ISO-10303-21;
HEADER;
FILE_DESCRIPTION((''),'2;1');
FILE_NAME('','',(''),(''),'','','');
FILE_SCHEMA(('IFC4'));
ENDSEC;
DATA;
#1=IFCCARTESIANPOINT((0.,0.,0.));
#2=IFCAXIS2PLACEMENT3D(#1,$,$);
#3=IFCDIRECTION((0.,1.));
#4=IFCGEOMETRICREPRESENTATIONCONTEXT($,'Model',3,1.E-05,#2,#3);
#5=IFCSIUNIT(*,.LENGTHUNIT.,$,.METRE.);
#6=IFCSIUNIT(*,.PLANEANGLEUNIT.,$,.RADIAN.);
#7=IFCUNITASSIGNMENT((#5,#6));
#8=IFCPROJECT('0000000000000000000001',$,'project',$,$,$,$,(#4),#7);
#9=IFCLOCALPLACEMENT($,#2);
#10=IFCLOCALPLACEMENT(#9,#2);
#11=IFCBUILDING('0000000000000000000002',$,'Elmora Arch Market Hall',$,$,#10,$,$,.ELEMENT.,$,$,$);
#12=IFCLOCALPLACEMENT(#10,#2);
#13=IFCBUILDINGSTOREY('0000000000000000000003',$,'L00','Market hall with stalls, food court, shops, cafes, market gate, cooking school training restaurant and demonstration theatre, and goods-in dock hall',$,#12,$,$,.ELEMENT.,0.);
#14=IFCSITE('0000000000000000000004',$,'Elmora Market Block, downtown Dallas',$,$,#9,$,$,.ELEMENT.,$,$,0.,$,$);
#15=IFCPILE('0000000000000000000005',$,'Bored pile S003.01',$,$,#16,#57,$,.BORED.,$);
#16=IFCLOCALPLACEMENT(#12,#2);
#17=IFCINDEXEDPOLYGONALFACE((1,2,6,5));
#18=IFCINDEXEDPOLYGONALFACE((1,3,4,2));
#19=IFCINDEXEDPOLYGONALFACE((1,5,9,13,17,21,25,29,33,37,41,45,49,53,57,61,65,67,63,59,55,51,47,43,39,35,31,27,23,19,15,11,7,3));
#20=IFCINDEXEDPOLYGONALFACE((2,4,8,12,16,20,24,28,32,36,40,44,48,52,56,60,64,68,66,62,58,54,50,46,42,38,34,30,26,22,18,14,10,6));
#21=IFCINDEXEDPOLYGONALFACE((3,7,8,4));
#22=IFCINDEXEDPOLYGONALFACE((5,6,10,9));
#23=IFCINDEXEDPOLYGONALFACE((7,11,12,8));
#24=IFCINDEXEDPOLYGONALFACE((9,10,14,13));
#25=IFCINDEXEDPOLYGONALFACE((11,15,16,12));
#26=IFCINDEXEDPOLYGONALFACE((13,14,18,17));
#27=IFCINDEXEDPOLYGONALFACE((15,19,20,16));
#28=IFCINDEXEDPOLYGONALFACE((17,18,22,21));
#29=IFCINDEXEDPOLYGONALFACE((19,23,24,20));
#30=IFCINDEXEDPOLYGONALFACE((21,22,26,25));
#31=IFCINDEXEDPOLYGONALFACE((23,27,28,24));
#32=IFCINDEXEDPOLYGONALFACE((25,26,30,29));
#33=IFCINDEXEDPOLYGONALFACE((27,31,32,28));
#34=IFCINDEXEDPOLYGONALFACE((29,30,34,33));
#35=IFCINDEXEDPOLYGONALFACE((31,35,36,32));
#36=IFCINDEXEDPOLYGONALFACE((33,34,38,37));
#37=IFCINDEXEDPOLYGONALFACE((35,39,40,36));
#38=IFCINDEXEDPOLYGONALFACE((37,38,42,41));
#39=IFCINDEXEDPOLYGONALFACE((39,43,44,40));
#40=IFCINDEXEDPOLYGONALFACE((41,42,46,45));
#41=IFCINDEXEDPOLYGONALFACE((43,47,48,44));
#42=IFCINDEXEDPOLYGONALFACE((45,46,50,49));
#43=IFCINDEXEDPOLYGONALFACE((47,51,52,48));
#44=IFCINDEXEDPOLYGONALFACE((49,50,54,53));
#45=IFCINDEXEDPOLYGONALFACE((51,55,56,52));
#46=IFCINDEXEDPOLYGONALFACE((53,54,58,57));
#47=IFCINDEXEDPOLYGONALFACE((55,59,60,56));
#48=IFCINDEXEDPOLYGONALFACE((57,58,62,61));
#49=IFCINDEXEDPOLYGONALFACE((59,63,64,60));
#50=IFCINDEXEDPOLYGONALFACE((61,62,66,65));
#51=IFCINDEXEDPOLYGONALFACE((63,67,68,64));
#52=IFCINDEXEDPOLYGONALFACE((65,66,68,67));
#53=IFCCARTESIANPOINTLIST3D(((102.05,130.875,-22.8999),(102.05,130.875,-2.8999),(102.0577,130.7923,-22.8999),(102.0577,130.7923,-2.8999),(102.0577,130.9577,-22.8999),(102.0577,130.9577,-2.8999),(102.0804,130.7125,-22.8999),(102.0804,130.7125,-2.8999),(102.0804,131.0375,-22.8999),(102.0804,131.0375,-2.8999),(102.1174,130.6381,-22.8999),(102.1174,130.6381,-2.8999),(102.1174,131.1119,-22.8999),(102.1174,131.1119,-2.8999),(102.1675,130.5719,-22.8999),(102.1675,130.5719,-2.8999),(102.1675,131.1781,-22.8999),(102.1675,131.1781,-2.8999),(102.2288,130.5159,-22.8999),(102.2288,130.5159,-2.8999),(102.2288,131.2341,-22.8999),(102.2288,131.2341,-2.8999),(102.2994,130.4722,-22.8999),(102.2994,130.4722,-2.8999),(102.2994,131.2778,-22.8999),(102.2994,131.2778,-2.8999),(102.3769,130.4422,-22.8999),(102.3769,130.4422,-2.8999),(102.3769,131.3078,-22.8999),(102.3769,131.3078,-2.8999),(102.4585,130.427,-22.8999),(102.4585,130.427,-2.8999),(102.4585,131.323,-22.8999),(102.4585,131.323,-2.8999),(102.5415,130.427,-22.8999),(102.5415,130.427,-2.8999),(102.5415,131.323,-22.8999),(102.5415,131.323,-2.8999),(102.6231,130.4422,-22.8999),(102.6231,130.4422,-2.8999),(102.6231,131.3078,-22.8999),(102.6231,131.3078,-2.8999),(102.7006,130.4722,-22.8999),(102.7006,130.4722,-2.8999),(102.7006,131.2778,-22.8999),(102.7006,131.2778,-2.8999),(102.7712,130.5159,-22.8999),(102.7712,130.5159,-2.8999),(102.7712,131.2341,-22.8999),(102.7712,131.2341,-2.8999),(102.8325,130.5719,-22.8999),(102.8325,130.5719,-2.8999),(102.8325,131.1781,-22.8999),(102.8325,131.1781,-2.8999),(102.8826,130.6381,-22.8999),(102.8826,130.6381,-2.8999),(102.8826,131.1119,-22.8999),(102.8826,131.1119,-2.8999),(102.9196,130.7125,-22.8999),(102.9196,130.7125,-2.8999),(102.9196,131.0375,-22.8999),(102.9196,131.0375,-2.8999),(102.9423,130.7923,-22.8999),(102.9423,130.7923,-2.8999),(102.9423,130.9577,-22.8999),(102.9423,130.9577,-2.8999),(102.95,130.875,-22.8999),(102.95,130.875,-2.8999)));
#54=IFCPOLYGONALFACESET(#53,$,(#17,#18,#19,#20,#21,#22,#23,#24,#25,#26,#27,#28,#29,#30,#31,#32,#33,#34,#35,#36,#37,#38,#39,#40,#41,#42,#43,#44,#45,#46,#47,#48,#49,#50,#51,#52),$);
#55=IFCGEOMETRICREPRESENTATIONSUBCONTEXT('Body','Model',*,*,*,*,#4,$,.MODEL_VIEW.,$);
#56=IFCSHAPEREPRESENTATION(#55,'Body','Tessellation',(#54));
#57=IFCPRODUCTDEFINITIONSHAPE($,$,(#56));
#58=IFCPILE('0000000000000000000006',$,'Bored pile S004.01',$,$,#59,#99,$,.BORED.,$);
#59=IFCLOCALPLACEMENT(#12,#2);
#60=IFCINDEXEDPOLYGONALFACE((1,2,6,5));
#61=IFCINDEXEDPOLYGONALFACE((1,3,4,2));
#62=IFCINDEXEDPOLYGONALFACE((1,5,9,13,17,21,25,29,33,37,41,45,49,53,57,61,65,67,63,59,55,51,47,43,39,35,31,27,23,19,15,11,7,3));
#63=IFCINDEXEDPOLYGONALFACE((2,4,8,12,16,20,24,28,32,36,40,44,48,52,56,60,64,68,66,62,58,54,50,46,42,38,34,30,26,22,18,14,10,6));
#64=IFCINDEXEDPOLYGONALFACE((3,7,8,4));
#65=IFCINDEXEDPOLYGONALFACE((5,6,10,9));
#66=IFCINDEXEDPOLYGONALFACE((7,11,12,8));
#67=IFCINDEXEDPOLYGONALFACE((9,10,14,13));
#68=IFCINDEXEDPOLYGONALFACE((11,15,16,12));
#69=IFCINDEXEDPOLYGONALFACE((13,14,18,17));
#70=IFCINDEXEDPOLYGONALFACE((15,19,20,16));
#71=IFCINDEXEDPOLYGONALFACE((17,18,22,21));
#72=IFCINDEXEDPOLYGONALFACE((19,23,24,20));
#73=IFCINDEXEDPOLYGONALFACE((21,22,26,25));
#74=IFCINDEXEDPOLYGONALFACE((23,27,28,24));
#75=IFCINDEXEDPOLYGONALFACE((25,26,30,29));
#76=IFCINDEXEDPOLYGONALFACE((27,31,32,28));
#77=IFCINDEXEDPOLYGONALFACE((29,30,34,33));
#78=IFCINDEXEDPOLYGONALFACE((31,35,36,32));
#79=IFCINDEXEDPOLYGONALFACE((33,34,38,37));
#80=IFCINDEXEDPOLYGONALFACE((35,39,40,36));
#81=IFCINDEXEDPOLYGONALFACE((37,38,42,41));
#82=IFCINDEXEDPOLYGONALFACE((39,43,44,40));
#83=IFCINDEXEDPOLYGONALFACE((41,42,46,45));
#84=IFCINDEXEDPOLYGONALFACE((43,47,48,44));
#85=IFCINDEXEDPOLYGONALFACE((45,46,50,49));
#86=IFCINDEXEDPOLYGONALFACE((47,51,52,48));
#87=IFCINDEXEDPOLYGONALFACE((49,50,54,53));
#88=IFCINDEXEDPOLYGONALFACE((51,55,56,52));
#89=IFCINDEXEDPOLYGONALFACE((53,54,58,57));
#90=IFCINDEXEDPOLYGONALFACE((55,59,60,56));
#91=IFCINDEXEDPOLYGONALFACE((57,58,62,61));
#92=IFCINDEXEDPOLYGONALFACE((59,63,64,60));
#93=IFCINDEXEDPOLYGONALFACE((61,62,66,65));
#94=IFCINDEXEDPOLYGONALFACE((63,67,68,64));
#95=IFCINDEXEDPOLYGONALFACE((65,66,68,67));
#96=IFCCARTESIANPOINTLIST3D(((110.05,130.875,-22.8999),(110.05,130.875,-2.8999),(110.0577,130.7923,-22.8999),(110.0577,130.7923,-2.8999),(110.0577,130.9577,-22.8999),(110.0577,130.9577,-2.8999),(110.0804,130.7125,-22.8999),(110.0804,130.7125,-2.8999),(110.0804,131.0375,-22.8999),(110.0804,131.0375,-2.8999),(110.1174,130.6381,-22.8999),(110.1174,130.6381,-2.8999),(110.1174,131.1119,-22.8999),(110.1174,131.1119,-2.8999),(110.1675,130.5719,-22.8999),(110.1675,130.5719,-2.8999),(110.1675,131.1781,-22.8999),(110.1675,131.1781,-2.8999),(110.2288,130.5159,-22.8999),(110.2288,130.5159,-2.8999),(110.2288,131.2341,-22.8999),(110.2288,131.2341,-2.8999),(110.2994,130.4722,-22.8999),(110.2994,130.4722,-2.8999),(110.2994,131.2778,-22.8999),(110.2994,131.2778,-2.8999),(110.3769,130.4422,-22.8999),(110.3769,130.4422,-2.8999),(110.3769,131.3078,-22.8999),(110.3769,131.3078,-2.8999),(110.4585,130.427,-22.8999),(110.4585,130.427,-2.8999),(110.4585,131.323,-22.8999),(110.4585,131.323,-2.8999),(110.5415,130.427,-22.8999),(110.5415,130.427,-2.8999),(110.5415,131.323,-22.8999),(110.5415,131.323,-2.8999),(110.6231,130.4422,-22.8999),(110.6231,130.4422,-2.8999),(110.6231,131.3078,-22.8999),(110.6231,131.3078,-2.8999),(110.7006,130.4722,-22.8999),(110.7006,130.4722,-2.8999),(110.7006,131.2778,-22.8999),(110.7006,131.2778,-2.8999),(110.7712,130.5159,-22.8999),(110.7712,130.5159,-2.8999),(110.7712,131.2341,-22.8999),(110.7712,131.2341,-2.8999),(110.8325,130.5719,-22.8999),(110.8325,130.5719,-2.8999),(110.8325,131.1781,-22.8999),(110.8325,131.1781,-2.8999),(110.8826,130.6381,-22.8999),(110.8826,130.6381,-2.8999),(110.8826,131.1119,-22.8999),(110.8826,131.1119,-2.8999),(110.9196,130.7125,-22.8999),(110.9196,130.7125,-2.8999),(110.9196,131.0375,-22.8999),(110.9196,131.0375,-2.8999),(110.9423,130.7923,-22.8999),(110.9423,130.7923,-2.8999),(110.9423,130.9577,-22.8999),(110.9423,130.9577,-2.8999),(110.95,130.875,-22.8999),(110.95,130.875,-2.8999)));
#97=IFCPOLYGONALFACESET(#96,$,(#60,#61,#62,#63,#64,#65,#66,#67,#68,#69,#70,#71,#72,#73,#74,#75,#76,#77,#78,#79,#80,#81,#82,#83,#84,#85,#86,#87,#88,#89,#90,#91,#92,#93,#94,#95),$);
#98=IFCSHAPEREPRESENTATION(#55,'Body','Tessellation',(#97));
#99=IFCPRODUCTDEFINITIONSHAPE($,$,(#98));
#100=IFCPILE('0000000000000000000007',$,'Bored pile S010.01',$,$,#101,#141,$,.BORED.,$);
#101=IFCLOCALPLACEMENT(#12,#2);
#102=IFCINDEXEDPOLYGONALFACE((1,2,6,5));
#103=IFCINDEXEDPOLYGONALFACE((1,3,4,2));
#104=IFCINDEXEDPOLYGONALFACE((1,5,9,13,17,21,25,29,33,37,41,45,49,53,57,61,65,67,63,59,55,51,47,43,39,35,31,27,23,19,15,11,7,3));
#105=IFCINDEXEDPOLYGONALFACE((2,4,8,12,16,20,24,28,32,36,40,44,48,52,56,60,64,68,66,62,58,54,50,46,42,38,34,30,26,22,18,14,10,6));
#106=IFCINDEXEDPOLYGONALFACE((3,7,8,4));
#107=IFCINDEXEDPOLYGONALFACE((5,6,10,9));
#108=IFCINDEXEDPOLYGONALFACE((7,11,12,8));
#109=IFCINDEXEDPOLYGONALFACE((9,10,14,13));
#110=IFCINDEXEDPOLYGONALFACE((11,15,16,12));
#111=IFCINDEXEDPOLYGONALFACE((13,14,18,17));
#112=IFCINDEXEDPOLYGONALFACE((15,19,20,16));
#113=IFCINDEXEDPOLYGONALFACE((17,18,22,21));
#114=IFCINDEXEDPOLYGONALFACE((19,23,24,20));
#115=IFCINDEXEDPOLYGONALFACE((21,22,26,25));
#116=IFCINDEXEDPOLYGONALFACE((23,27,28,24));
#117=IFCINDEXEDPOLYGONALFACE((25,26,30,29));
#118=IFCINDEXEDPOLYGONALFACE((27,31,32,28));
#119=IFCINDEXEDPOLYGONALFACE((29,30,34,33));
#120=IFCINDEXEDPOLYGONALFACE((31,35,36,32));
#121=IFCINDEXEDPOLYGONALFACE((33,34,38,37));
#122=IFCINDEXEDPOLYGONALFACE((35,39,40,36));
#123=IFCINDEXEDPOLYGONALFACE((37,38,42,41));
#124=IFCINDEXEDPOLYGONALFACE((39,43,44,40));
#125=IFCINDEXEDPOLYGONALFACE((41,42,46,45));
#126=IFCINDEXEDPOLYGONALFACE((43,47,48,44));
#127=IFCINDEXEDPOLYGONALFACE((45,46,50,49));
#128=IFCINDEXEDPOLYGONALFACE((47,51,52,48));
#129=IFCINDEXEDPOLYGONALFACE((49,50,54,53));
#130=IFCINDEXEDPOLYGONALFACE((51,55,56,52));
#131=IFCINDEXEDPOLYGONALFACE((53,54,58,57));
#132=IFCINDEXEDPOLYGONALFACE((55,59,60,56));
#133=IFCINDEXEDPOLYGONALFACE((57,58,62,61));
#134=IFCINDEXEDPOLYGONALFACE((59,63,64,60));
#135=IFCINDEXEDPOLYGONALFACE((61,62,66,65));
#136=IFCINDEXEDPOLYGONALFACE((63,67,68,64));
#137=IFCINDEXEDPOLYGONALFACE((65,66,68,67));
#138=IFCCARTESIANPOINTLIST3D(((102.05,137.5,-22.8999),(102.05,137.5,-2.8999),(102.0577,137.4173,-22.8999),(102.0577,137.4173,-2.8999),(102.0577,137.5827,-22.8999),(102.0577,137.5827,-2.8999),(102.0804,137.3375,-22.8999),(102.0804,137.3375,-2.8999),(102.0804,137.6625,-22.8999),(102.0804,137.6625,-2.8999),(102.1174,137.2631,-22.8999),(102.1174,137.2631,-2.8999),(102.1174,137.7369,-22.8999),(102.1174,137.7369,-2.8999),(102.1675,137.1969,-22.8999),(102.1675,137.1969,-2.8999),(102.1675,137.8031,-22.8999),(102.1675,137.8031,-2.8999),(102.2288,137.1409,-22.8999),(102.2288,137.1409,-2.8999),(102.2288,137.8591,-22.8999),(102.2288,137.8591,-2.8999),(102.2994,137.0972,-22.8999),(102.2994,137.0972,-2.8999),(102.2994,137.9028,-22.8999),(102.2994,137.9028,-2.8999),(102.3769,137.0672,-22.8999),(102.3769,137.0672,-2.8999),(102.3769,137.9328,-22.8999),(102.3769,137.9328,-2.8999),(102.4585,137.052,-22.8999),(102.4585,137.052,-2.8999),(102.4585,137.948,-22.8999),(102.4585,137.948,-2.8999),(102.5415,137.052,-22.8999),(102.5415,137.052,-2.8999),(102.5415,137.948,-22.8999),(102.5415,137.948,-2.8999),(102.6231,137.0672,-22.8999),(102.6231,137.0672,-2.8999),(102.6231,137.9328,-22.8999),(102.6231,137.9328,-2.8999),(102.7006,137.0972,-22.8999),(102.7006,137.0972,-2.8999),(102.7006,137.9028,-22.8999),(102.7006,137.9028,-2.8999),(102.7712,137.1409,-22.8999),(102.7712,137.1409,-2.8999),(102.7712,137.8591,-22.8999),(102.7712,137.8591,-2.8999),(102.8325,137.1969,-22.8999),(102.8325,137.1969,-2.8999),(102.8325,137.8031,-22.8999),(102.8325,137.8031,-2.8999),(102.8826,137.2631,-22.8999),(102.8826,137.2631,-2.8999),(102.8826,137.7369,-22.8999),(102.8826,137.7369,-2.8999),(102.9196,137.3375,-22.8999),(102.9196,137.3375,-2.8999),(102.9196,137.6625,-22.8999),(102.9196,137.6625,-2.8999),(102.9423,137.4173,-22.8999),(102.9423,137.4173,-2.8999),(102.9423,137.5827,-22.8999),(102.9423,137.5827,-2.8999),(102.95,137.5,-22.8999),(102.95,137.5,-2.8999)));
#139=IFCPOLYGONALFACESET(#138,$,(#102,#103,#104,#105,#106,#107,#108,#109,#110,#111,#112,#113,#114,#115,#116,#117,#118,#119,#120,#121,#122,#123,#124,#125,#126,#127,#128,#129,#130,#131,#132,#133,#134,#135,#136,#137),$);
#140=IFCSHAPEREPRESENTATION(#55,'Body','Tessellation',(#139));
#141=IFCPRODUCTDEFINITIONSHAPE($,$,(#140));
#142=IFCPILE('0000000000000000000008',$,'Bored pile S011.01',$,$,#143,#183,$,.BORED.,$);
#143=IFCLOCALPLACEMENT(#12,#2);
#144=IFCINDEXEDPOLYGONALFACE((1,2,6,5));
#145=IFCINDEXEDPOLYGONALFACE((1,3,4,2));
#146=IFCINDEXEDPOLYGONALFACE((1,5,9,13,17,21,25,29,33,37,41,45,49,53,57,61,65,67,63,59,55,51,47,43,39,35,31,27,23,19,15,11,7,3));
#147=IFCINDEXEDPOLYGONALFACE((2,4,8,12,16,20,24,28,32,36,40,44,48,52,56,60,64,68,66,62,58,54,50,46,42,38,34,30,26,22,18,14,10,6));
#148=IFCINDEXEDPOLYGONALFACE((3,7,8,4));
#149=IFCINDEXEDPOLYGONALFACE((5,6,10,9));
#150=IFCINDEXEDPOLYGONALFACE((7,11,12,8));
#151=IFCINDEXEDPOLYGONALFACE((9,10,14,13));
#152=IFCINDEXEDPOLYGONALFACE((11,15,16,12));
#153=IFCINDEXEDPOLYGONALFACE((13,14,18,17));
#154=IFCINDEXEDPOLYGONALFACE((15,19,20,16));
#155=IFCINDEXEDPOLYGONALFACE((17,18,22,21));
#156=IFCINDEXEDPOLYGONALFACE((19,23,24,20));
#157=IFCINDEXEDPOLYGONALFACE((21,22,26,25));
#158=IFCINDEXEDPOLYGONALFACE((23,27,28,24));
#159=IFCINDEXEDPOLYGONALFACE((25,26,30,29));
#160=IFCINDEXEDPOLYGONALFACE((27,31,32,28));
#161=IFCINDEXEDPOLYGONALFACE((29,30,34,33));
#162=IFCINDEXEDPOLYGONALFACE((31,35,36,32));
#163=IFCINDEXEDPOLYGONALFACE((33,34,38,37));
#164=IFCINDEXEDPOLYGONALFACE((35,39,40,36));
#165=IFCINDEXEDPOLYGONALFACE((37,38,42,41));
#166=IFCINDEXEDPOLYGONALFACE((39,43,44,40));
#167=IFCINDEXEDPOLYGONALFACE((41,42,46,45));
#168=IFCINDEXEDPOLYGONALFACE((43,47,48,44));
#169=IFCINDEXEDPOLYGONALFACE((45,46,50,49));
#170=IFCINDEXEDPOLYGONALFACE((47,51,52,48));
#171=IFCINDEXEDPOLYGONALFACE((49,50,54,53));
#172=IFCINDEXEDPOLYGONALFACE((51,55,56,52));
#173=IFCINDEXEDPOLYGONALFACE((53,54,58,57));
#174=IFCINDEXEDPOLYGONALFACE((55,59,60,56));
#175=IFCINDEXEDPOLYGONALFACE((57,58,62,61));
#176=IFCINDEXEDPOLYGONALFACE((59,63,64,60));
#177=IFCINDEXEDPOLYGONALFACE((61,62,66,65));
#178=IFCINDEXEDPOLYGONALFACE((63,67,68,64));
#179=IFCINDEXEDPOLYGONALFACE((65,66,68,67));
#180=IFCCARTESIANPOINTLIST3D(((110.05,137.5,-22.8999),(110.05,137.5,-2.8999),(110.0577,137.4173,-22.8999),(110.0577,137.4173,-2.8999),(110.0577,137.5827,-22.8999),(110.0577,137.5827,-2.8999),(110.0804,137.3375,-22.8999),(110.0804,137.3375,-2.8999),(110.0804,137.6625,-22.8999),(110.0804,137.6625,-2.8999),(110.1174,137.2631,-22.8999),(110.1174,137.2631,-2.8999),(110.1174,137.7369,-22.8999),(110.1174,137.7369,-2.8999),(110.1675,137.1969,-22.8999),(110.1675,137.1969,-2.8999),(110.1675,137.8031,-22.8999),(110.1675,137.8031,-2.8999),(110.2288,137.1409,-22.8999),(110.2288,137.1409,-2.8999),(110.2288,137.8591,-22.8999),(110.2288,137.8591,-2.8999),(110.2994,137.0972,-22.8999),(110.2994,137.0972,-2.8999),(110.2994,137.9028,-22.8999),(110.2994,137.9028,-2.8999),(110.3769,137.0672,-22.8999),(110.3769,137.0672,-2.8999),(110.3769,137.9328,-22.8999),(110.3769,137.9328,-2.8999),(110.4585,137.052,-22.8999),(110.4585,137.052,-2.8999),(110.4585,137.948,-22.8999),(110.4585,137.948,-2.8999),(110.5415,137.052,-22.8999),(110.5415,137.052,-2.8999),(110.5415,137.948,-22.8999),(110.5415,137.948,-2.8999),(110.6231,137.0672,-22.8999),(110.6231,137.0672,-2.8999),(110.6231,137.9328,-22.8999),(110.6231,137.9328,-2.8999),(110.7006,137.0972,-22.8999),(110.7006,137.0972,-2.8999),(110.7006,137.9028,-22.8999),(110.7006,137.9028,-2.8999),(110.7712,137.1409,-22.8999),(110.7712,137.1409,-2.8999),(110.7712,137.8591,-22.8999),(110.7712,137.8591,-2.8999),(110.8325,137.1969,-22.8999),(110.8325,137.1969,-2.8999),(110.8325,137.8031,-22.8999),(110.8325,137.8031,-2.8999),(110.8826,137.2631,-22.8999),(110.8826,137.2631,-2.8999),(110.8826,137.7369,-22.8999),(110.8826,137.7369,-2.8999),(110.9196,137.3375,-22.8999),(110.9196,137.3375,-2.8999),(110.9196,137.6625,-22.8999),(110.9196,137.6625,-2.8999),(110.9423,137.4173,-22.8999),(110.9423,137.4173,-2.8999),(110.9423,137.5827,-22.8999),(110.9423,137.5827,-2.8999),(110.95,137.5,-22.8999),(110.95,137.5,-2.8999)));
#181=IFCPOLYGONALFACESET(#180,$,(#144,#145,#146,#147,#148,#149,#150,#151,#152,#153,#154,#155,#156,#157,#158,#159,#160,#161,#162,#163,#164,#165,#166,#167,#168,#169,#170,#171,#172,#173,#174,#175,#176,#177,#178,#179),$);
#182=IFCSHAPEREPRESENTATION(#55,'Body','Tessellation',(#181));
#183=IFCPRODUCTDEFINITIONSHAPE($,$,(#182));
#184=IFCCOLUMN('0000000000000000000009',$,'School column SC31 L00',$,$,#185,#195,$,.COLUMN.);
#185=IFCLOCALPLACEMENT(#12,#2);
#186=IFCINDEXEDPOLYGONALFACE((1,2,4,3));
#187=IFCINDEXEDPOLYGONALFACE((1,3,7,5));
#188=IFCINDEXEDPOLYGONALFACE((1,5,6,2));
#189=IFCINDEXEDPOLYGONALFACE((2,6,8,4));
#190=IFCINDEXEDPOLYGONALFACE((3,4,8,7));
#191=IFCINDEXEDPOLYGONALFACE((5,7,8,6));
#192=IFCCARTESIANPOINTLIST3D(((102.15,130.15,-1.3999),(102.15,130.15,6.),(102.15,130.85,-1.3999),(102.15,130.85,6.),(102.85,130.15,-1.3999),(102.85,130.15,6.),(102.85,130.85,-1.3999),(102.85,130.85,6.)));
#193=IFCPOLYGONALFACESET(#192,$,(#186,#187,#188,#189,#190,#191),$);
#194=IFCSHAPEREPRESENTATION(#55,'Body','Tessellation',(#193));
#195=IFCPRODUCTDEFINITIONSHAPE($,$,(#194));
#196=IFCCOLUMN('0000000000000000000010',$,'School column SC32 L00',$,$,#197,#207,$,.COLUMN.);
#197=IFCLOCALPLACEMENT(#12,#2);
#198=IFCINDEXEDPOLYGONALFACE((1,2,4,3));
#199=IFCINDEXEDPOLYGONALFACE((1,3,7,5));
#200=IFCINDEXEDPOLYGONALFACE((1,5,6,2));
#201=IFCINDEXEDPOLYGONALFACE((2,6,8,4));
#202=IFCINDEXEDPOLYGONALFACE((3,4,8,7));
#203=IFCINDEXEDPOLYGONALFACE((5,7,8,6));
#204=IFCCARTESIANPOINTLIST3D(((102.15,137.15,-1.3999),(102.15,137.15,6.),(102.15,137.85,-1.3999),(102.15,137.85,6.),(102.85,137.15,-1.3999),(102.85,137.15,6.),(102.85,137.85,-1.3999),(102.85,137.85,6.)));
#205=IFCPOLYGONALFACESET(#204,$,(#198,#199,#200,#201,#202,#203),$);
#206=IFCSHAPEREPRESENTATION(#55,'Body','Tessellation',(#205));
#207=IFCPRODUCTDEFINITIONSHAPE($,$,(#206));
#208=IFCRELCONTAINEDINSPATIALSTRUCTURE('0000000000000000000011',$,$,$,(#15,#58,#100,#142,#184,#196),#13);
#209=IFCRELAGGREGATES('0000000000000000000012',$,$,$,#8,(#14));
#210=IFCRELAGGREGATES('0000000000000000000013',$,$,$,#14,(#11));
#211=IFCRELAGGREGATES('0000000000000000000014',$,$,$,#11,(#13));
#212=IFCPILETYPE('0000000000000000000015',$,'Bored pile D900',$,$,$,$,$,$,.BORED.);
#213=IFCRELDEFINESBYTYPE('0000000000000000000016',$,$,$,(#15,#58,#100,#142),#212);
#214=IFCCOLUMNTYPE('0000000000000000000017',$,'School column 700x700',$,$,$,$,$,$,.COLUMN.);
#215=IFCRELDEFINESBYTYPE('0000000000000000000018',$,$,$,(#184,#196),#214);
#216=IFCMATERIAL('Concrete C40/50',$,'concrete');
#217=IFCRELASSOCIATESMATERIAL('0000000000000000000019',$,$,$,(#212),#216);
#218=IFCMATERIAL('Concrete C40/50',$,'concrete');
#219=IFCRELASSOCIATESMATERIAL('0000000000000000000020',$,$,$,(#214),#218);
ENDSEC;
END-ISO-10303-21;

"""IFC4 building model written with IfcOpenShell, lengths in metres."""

from ifc_helpers import new_model, si_unit, direction, frame, origin, origin_2d, place, context, subcontext, project, spatial, rectangle, circle, extrude, material, material_profile, profile_set, type_object, element, save


model = new_model("IFC4")

# Units and contexts
model_context = context("Model", 3, precision=1e-05, world=origin(), true_north=direction((0.0, 1.0)))
body_context = subcontext(model_context, "Body", "Model", "MODEL_VIEW")
ifc_project = project(units=[si_unit("LENGTHUNIT", "METRE"), si_unit("PLANEANGLEUNIT", "RADIAN")], contexts=[model_context])

# Site, building, storey
site_placement = place(None, origin())
site = spatial("IfcSite", under=ifc_project, at=site_placement, Name="Elmora Market Block, downtown Dallas", CompositionType="ELEMENT", RefElevation=0.0)
building_placement = place(site_placement, origin())
building = spatial("IfcBuilding", under=site, at=building_placement, Name="Elmora Arch Market Hall", CompositionType="ELEMENT")
storey_placement = place(building_placement, origin())
storey = spatial("IfcBuildingStorey", under=building, at=storey_placement, Name="L00", Description="Market hall with stalls, food court, shops, cafes, market gate, cooking school training restaurant and demonstration theatre, and goods-in dock hall", CompositionType="ELEMENT", Elevation=0.0)

# Piles
ifc_material_1 = material(Name="Concrete C40/50", Category="concrete")
ifc_material_profile_1 = material_profile(ifc_material_1, circle(Radius=0.45, at=origin_2d()), Name="Bored pile D900")
ifc_profile_set_1 = profile_set([ifc_material_profile_1], Name="Concrete C40/50")
pile_type = type_object("IfcPileType", Name="Bored pile D900", PredefinedType="BORED", material=ifc_profile_set_1)
for number, where, z_axis, x_axis, name in (
    (1, (102.5, 130.875, -2.8999), (0.0, 0.0, -1.0), (1.0, 0.0, 0.0), "Bored pile S003.01"),
    (2, (110.5, 130.875, -2.8999), (0.0, 0.0, -1.0), (1.0, 0.0, 0.0), "Bored pile S004.01"),
    (3, (102.5, 137.5, -2.8999), (0.0, 0.0, -1.0), (1.0, 0.0, 0.0), "Bored pile S010.01"),
    (4, (110.5, 137.5, -2.8999), (0.0, 0.0, -1.0), (1.0, 0.0, 0.0), "Bored pile S011.01"),
):
    element("IfcPile", number, at=place(storey_placement, frame(where, z_axis=z_axis, x_axis=x_axis)), inside=storey, type_object=pile_type, Name=name, PredefinedType="BORED", context=body_context, shape_type="SweptSolid", body=[
        extrude(circle(Radius=0.45, at=origin_2d()), origin(), (0.0, 0.0, 1.0), 20.0),
    ])

# Columns
ifc_material_2 = material(Name="Concrete C40/50", Category="concrete")
ifc_material_profile_2 = material_profile(ifc_material_2, rectangle(XDim=0.7, YDim=0.7, at=origin_2d()), Name="School column 700x700")
ifc_profile_set_2 = profile_set([ifc_material_profile_2], Name="Concrete C40/50")
column_type = type_object("IfcColumnType", Name="School column 700x700", PredefinedType="COLUMN", material=ifc_profile_set_2)
for number, where, z_axis, x_axis, name in (
    (5, (102.5, 130.5, -1.3999), (0.0, 0.0, 1.0), (1.0, 0.0, 0.0), "School column SC31 L00"),
    (6, (102.5, 137.5, -1.3999), (0.0, 0.0, 1.0), (1.0, 0.0, 0.0), "School column SC32 L00"),
):
    element("IfcColumn", number, at=place(storey_placement, frame(where, z_axis=z_axis, x_axis=x_axis)), inside=storey, type_object=column_type, Name=name, PredefinedType="COLUMN", context=body_context, shape_type="SweptSolid", body=[
        extrude(rectangle(XDim=0.7, YDim=0.7, at=origin_2d()), origin(), (0.0, 0.0, 1.0), 7.3999),
    ])

save(model, "model.ifc")
